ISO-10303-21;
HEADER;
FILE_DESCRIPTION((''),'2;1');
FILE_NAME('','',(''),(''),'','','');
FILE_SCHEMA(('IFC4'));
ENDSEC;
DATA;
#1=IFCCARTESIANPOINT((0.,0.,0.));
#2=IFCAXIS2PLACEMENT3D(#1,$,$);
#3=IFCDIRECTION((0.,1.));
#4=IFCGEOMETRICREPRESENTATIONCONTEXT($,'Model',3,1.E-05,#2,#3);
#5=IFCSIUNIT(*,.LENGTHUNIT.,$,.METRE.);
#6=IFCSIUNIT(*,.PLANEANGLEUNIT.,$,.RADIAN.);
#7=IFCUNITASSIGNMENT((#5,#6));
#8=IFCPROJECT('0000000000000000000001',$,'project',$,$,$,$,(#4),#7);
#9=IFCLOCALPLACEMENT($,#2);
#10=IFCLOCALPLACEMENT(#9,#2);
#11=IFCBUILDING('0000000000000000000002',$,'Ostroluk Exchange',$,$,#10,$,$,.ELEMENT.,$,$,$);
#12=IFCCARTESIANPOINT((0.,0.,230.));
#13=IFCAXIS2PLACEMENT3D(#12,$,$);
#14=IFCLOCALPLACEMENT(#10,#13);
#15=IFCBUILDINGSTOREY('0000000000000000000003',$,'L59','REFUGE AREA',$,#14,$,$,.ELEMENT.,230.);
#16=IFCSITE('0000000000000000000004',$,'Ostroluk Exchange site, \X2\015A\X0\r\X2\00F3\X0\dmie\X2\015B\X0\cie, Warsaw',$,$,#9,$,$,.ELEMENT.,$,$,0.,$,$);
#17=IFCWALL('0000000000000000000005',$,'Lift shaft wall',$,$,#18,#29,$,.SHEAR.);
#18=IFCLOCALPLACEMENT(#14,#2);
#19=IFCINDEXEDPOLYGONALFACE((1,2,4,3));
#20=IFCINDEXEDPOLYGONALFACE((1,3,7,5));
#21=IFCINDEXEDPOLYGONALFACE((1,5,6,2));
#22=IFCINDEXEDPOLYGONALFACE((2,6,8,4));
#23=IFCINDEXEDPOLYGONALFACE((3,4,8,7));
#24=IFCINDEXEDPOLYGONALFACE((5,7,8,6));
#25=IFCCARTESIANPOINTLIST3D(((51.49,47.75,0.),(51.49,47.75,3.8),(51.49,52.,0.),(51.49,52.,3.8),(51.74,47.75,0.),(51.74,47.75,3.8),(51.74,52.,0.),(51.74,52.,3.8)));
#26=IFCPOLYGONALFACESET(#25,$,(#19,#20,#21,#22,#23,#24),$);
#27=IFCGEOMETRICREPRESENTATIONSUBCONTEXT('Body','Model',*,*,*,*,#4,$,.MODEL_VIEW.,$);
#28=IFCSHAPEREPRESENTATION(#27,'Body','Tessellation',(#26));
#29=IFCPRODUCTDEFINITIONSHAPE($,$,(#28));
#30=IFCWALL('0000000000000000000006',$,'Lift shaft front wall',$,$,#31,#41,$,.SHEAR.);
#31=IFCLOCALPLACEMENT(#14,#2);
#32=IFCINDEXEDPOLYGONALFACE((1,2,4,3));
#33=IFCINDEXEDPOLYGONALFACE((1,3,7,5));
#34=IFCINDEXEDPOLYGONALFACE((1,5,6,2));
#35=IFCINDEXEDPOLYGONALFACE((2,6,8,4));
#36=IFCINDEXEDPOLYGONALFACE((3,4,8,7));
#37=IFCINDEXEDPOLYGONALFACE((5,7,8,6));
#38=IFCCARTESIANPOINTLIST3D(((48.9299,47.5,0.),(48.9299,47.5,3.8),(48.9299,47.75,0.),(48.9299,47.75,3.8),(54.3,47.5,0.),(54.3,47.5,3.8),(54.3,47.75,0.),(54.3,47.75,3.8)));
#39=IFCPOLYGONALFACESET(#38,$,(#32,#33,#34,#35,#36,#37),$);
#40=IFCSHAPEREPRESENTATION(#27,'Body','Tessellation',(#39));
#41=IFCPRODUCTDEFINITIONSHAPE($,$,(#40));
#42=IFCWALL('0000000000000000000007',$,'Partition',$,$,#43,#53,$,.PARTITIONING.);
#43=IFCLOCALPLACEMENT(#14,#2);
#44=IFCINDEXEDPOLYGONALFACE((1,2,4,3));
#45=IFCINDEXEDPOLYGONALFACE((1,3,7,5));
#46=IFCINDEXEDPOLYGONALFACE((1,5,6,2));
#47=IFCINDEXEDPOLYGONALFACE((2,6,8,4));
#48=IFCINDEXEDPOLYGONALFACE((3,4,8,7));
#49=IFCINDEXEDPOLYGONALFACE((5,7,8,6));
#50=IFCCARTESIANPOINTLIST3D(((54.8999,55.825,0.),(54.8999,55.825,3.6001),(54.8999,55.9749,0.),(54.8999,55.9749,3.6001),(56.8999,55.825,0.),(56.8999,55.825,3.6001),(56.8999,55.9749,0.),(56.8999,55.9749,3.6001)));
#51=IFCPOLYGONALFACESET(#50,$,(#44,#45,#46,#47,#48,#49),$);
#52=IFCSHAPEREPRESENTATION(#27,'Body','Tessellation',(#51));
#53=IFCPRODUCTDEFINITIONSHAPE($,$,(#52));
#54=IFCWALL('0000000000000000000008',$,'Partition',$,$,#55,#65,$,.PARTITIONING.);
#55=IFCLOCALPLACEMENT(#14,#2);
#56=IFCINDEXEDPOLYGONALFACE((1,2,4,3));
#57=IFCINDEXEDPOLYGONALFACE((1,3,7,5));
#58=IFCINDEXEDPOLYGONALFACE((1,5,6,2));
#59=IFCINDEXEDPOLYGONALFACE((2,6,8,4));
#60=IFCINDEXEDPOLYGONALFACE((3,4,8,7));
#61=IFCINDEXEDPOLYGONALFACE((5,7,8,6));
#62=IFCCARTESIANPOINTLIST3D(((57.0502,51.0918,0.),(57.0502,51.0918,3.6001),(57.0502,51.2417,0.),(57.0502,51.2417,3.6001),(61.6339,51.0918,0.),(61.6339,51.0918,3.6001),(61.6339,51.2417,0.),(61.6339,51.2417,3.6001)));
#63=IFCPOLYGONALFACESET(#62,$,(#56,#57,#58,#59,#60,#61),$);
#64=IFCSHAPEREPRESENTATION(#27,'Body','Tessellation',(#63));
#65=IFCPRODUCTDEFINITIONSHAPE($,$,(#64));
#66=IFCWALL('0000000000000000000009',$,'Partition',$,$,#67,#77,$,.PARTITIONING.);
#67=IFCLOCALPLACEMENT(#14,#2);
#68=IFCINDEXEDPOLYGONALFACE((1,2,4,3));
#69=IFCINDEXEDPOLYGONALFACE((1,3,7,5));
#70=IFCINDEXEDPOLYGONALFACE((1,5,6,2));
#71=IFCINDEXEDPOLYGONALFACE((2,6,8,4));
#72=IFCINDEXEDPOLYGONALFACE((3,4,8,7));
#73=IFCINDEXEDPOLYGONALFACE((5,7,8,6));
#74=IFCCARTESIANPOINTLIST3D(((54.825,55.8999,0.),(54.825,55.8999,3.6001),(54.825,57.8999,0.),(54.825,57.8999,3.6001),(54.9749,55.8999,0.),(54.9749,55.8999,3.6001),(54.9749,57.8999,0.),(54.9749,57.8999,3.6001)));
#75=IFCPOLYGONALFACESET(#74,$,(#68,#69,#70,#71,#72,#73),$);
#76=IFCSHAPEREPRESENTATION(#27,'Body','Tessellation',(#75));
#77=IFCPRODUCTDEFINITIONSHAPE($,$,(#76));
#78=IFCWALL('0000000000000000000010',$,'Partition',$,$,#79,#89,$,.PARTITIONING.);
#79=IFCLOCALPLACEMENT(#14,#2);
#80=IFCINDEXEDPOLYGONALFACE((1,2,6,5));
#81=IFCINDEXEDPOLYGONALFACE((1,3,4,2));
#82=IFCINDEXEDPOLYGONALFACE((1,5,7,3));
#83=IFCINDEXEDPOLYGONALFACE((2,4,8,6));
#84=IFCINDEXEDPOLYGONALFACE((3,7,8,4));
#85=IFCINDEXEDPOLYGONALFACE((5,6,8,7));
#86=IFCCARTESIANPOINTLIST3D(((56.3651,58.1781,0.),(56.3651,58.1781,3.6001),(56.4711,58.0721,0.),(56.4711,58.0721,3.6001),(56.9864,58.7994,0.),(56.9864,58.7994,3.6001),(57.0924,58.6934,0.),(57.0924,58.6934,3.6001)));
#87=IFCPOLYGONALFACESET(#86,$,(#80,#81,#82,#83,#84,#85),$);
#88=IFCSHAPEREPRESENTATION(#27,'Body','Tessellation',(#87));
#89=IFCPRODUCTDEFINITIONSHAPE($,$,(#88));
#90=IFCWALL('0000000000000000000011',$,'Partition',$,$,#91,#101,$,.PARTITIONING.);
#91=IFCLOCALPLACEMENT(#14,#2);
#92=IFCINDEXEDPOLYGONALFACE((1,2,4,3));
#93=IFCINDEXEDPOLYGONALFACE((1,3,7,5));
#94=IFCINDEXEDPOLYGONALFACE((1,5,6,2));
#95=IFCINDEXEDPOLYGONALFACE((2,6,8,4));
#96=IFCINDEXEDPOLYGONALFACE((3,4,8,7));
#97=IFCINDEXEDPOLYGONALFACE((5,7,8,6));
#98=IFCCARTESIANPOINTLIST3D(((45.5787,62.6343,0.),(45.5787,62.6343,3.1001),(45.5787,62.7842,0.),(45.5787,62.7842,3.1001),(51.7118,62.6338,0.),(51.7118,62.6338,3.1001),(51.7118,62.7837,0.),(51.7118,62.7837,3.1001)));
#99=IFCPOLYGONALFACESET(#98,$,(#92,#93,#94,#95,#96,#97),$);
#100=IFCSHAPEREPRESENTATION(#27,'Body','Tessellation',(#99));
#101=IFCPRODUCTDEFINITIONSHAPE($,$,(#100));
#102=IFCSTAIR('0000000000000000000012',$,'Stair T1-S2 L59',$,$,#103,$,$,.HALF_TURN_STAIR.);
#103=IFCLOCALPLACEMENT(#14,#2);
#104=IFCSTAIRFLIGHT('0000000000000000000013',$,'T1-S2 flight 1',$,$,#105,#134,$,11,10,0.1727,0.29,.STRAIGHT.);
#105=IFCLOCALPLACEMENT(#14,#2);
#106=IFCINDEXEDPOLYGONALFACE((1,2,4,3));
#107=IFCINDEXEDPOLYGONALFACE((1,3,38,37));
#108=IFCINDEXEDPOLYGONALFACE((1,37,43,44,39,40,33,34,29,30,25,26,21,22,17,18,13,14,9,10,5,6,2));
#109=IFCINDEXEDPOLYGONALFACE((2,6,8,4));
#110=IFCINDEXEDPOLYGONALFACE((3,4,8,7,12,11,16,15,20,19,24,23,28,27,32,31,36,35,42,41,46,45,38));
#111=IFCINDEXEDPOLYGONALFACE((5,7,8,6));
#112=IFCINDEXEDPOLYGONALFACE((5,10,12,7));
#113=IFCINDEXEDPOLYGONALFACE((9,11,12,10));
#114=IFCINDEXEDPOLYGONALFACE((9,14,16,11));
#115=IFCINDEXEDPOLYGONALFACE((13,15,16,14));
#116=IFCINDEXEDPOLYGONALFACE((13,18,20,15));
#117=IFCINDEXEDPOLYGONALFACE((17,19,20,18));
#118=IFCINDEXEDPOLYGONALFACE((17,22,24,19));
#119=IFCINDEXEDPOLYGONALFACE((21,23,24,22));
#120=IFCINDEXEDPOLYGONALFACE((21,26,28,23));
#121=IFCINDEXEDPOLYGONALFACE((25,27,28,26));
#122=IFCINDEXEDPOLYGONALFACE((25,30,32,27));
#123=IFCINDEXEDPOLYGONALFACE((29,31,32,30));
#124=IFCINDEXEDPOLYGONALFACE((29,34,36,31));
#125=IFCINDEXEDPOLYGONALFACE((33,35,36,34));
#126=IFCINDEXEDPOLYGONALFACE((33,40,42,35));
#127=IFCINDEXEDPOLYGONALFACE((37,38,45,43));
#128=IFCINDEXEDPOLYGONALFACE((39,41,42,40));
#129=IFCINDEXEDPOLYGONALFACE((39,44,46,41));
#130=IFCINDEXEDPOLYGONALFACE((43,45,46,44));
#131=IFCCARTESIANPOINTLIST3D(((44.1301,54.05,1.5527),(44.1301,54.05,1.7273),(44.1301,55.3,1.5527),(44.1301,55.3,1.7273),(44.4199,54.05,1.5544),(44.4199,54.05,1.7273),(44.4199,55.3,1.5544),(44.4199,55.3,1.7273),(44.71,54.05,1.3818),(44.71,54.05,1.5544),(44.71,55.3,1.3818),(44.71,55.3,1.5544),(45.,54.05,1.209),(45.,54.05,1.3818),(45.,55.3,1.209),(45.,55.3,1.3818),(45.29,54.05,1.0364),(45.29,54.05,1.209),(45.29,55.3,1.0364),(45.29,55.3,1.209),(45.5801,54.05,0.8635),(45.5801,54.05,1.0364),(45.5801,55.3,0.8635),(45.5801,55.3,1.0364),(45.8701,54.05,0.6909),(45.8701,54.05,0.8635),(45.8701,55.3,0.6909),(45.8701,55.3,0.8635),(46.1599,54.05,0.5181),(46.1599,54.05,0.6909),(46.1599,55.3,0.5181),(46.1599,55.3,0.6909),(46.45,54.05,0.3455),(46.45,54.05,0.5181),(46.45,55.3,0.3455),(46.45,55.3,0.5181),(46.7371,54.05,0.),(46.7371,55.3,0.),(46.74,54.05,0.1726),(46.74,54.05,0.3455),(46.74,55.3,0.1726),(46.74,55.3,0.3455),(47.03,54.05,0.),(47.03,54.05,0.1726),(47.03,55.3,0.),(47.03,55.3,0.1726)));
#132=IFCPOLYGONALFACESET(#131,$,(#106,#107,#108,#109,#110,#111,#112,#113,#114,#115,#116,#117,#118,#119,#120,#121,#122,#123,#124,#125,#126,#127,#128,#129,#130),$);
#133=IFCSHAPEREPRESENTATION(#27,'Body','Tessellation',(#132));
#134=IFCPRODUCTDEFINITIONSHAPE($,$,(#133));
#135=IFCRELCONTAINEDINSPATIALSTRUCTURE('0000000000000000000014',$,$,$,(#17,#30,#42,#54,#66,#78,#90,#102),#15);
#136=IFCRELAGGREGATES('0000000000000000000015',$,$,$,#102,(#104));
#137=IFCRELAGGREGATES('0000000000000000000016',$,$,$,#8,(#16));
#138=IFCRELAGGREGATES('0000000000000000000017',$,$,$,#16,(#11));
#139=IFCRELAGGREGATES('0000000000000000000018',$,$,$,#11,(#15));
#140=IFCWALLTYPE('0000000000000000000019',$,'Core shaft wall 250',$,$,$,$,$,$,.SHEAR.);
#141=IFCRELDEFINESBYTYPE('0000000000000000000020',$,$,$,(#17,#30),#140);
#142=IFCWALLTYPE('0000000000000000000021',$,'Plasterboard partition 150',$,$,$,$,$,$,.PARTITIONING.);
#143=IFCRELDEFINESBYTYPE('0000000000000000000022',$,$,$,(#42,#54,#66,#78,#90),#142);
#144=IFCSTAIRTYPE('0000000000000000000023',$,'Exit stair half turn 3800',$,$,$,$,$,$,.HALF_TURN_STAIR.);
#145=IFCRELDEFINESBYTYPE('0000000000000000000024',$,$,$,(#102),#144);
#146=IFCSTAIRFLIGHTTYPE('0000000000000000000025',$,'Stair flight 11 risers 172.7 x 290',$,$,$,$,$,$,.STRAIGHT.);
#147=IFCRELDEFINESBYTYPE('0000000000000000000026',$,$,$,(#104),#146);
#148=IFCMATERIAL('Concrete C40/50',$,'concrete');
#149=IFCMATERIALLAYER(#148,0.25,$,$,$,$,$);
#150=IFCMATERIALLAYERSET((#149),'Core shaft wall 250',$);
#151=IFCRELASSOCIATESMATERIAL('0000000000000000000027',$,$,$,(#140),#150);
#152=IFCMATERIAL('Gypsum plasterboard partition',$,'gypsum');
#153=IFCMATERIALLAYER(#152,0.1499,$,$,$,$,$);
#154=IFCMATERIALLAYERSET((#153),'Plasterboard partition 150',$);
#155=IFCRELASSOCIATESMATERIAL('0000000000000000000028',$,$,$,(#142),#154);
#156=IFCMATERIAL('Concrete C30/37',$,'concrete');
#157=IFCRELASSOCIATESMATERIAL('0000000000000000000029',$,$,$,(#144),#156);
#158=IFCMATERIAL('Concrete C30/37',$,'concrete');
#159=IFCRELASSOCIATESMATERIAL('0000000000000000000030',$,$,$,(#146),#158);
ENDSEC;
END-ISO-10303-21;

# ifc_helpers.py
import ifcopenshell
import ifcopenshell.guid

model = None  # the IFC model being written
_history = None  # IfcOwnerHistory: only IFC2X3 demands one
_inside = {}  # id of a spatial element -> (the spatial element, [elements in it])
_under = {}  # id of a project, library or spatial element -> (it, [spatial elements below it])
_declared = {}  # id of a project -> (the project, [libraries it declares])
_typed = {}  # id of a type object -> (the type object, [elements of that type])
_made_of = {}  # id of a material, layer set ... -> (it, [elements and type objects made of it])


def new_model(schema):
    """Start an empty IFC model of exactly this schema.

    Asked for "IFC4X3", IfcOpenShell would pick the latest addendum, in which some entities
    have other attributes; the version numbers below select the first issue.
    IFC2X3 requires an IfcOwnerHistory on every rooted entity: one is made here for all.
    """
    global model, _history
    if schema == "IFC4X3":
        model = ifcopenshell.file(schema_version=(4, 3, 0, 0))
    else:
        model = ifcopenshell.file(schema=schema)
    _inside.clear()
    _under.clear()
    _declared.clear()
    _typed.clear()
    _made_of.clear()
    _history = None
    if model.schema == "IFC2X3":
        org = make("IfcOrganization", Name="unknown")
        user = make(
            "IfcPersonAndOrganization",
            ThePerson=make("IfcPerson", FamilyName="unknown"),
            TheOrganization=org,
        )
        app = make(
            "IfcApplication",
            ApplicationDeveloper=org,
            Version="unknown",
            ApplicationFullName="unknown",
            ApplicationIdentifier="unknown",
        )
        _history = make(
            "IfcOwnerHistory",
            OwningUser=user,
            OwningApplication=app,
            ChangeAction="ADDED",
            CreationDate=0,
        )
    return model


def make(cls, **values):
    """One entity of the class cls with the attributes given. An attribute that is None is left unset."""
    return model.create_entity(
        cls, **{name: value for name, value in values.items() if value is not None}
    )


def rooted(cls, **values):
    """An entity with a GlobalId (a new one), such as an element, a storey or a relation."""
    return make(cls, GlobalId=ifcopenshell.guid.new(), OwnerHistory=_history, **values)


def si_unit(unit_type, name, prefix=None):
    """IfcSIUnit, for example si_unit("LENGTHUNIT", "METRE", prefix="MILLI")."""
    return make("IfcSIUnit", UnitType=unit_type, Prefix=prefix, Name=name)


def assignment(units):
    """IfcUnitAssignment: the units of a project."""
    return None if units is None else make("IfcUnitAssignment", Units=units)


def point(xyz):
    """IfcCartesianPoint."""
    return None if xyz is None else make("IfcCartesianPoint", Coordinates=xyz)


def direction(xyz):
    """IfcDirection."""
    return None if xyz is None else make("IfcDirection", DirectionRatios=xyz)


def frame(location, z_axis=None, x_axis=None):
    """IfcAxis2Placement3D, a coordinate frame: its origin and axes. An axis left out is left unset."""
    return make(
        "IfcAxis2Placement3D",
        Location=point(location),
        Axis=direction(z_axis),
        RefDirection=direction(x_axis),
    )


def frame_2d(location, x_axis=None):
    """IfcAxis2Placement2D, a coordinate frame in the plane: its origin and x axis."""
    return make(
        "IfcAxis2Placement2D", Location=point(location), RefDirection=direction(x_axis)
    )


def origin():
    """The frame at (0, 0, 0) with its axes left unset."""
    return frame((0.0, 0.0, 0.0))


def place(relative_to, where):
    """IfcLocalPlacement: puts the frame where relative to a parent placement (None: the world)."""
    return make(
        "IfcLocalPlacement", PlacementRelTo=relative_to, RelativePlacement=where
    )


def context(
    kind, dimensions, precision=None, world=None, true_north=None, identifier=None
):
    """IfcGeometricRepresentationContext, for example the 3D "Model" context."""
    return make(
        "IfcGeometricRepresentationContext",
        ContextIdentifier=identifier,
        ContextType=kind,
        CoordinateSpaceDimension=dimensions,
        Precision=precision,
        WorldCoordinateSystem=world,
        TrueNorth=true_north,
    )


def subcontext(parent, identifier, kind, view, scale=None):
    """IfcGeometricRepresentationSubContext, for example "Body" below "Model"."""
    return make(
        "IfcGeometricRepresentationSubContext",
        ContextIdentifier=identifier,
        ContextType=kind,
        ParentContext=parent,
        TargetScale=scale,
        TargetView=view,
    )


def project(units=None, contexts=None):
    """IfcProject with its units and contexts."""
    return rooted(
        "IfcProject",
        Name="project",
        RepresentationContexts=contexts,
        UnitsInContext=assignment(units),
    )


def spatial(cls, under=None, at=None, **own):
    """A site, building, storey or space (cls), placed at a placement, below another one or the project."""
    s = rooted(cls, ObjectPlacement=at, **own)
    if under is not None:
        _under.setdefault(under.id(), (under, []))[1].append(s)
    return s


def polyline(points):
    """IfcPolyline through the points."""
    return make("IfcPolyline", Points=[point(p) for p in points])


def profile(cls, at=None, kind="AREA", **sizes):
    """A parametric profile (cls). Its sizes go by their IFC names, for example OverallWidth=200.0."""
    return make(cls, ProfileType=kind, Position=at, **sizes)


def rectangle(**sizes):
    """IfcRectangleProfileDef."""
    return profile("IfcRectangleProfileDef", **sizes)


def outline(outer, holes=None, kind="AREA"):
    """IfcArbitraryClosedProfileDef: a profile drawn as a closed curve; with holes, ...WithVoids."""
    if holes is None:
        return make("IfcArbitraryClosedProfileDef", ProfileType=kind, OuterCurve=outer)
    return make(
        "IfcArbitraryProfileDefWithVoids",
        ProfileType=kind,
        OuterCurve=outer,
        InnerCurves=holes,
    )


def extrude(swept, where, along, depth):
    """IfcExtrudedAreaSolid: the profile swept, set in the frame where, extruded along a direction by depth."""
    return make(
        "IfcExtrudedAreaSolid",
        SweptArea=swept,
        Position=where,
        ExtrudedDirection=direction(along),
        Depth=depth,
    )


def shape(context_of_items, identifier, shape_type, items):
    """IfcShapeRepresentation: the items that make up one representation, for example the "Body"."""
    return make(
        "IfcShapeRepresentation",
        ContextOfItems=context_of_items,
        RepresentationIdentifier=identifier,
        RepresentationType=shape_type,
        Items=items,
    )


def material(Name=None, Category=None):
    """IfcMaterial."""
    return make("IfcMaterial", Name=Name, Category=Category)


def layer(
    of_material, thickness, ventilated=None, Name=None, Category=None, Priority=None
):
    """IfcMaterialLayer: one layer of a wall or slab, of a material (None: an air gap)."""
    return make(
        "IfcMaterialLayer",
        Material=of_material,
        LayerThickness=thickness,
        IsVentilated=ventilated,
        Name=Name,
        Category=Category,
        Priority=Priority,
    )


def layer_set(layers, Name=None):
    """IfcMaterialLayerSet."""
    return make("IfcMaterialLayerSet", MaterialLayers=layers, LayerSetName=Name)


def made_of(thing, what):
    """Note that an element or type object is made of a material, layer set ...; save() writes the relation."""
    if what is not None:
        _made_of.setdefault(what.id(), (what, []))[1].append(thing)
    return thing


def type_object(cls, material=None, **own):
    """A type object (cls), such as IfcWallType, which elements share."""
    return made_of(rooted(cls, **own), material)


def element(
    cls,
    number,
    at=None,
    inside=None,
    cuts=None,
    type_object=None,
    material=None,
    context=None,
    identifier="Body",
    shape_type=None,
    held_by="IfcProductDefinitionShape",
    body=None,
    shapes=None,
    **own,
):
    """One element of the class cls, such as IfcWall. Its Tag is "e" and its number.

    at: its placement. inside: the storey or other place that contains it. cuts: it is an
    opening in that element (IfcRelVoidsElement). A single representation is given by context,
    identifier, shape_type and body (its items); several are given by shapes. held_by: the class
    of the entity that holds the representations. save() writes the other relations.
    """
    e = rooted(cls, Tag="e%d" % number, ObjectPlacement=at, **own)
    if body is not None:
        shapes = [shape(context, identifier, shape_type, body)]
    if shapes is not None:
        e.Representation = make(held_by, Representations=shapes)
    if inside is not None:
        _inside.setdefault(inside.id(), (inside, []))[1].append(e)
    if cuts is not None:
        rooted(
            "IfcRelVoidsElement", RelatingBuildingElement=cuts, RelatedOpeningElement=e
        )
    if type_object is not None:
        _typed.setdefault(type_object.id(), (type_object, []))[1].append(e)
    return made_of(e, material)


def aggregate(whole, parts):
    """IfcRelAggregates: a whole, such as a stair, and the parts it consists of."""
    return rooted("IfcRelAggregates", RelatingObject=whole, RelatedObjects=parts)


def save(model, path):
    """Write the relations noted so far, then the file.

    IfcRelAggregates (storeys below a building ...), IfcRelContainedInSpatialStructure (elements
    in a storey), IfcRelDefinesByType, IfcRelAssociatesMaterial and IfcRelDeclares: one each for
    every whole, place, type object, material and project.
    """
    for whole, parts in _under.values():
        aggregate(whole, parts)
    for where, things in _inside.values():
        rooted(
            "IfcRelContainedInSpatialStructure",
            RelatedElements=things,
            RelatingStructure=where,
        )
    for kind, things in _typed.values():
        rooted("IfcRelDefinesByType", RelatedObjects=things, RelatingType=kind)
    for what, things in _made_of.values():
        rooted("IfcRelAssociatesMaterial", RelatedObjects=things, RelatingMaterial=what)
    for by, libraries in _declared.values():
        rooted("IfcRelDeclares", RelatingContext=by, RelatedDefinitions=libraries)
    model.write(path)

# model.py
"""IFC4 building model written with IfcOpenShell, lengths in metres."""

from ifc_helpers import new_model, si_unit, direction, frame, frame_2d, origin, place, context, subcontext, project, spatial, polyline, rectangle, outline, extrude, material, layer, layer_set, type_object, element, aggregate, save


model = new_model("IFC4")

# Units and contexts
model_context = context("Model", 3, precision=1e-05, world=origin(), true_north=direction((0.0, 1.0)))
body_context = subcontext(model_context, "Body", "Model", "MODEL_VIEW")
ifc_project = project(units=[si_unit("LENGTHUNIT", "METRE"), si_unit("PLANEANGLEUNIT", "RADIAN")], contexts=[model_context])

# Site, building, storey
site_placement = place(None, origin())
site = spatial("IfcSite", under=ifc_project, at=site_placement, Name="Ostroluk Exchange site, Śródmieście, Warsaw", CompositionType="ELEMENT", RefElevation=0.0)
building_placement = place(site_placement, origin())
building = spatial("IfcBuilding", under=site, at=building_placement, Name="Ostroluk Exchange", CompositionType="ELEMENT")
storey_placement = place(building_placement, frame((0.0, 0.0, 230.0)))
storey = spatial("IfcBuildingStorey", under=building, at=storey_placement, Name="L59", Description="REFUGE AREA", CompositionType="ELEMENT", Elevation=230.0)

# Shared definitions
ifc_material_1 = material(Name="Concrete C40/50", Category="concrete")
ifc_layer_1 = layer(ifc_material_1, 0.25)
ifc_layer_set_1 = layer_set([ifc_layer_1], Name="Core shaft wall 250")
wall_type_1 = type_object("IfcWallType", Name="Core shaft wall 250", PredefinedType="SHEAR", material=ifc_layer_set_1)

# Walls
wall_1_placement = place(storey_placement, frame((51.615, 47.75, 0.0), z_axis=(0.0, 0.0, 1.0), x_axis=(0.0, 1.0, 0.0)))
element("IfcWall", 1, at=wall_1_placement, inside=storey, type_object=wall_type_1, Name="Lift shaft wall", PredefinedType="SHEAR", context=body_context, shape_type="SweptSolid", body=[
    extrude(rectangle(XDim=4.25, YDim=0.25, at=frame_2d((2.125, 0.0))), origin(), (0.0, 0.0, 1.0), 3.8),
])
wall_2_placement = place(storey_placement, frame((48.9299, 47.625, 0.0), z_axis=(0.0, 0.0, 1.0), x_axis=(1.0, 0.0, 0.0)))
element("IfcWall", 2, at=wall_2_placement, inside=storey, type_object=wall_type_1, Name="Lift shaft front wall", PredefinedType="SHEAR", context=body_context, shape_type="SweptSolid", body=[
    extrude(rectangle(XDim=5.3701, YDim=0.25, at=frame_2d((2.6851, 0.0))), origin(), (0.0, 0.0, 1.0), 3.8),
])
ifc_material_2 = material(Name="Gypsum plasterboard partition", Category="gypsum")
ifc_layer_2 = layer(ifc_material_2, 0.1499)
ifc_layer_set_2 = layer_set([ifc_layer_2], Name="Plasterboard partition 150")
wall_type_2 = type_object("IfcWallType", Name="Plasterboard partition 150", PredefinedType="PARTITIONING", material=ifc_layer_set_2)
wall_3_placement = place(storey_placement, frame((54.8999, 55.8999, 0.0), z_axis=(0.0, 0.0, 1.0), x_axis=(1.0, 0.0, 0.0)))
element("IfcWall", 3, at=wall_3_placement, inside=storey, type_object=wall_type_2, Name="Partition", PredefinedType="PARTITIONING", context=body_context, shape_type="SweptSolid", body=[
    extrude(rectangle(XDim=2.0, YDim=0.1499, at=frame_2d((1.0, 0.0))), origin(), (0.0, 0.0, 1.0), 3.6001),
])
wall_4_placement = place(storey_placement, frame((57.05, 51.1667, 0.0), z_axis=(0.0, 0.0, 1.0), x_axis=(1.0, 0.0, 0.0)))
element("IfcWall", 4, at=wall_4_placement, inside=storey, type_object=wall_type_2, Name="Partition", PredefinedType="PARTITIONING", context=body_context, shape_type="SweptSolid", body=[
    extrude(rectangle(XDim=4.5837, YDim=0.1499, at=frame_2d((2.292, 0.0))), origin(), (0.0, 0.0, 1.0), 3.6001),
])
wall_5_placement = place(storey_placement, frame((54.8999, 55.8999, 0.0), z_axis=(0.0, 0.0, 1.0), x_axis=(0.0, 1.0, 0.0)))
element("IfcWall", 5, at=wall_5_placement, inside=storey, type_object=wall_type_2, Name="Partition", PredefinedType="PARTITIONING", context=body_context, shape_type="SweptSolid", body=[
    extrude(rectangle(XDim=2.0, YDim=0.1499, at=frame_2d((1.0, 0.0))), origin(), (0.0, 0.0, 1.0), 3.6001),
])
wall_6_placement = place(storey_placement, frame((56.418, 58.125, 0.0), z_axis=(0.0, 0.0, 1.0), x_axis=(0.707107, 0.707107, 0.0)))
element("IfcWall", 6, at=wall_6_placement, inside=storey, type_object=wall_type_2, Name="Partition", PredefinedType="PARTITIONING", context=body_context, shape_type="SweptSolid", body=[
    extrude(rectangle(XDim=0.8787, YDim=0.1499, at=frame_2d((0.4395, 0.0))), origin(), (0.0, 0.0, 1.0), 3.6001),
])
wall_7_placement = place(storey_placement, frame((51.7117, 62.7087, 0.0), z_axis=(0.0, 0.0, 1.0), x_axis=(-1.0, 0.00008, 0.0)))
element("IfcWall", 7, at=wall_7_placement, inside=storey, type_object=wall_type_2, Name="Partition", PredefinedType="PARTITIONING", context=body_context, shape_type="SweptSolid", body=[
    extrude(rectangle(XDim=6.1331, YDim=0.1499, at=frame_2d((3.0664, 0.0))), origin(), (0.0, 0.0, 1.0), 3.1001),
])

# Stair, stair flight
ifc_material_3 = material(Name="Concrete C30/37", Category="concrete")
stair_type = type_object("IfcStairType", Name="Exit stair half turn 3800", PredefinedType="HALF_TURN_STAIR", material=ifc_material_3)
stair_placement = place(storey_placement, origin())
stair = element("IfcStair", 8, at=stair_placement, inside=storey, type_object=stair_type, Name="Stair T1-S2 L59", PredefinedType="HALF_TURN_STAIR")
ifc_material_4 = material(Name="Concrete C30/37", Category="concrete")
stair_flight_type = type_object("IfcStairFlightType", Name="Stair flight 11 risers 172.7 x 290", PredefinedType="STRAIGHT", material=ifc_material_4)
stair_flight_placement = place(storey_placement, frame((47.03, 54.675, 0.0), z_axis=(0.0, 0.0, 1.0), x_axis=(-1.0, 0.0, 0.0)))
stair_flight = element("IfcStairFlight", 9, at=stair_flight_placement, type_object=stair_flight_type, Name="T1-S2 flight 1", NumberOfRisers=11, NumberOfTreads=10, PredefinedType="STRAIGHT", RiserHeight=0.1727, TreadLength=0.29, context=body_context, shape_type="SweptSolid", body=[
    extrude(outline(polyline([(0.0, 0.0), (0.0, 0.1726), (0.29, 0.1726), (0.29, 0.3455), (0.5801, 0.3455), (0.5801, 0.5181), (0.8701, 0.5181), (0.8701, 0.6909), (1.1599, 0.6909), (1.1599, 0.8635), (1.45, 0.8635), (1.45, 1.0364), (1.74, 1.0364), (1.74, 1.209), (2.03, 1.209), (2.03, 1.3818), (2.3201, 1.3818), (2.3201, 1.5544), (2.6101, 1.5544), (2.6101, 1.7273), (2.8999, 1.7273), (2.8999, 1.8999), (2.8999, 1.5527), (0.293, 0.0), (0.0, 0.0)])), frame((0.0, 0.625, 0.0), z_axis=(0.0, -1.0, 0.0), x_axis=(1.0, 0.0, 0.0)), (0.0, 0.0, 1.0), 1.25),
])
aggregate(stair, [stair_flight])

save(model, "model.ifc")
